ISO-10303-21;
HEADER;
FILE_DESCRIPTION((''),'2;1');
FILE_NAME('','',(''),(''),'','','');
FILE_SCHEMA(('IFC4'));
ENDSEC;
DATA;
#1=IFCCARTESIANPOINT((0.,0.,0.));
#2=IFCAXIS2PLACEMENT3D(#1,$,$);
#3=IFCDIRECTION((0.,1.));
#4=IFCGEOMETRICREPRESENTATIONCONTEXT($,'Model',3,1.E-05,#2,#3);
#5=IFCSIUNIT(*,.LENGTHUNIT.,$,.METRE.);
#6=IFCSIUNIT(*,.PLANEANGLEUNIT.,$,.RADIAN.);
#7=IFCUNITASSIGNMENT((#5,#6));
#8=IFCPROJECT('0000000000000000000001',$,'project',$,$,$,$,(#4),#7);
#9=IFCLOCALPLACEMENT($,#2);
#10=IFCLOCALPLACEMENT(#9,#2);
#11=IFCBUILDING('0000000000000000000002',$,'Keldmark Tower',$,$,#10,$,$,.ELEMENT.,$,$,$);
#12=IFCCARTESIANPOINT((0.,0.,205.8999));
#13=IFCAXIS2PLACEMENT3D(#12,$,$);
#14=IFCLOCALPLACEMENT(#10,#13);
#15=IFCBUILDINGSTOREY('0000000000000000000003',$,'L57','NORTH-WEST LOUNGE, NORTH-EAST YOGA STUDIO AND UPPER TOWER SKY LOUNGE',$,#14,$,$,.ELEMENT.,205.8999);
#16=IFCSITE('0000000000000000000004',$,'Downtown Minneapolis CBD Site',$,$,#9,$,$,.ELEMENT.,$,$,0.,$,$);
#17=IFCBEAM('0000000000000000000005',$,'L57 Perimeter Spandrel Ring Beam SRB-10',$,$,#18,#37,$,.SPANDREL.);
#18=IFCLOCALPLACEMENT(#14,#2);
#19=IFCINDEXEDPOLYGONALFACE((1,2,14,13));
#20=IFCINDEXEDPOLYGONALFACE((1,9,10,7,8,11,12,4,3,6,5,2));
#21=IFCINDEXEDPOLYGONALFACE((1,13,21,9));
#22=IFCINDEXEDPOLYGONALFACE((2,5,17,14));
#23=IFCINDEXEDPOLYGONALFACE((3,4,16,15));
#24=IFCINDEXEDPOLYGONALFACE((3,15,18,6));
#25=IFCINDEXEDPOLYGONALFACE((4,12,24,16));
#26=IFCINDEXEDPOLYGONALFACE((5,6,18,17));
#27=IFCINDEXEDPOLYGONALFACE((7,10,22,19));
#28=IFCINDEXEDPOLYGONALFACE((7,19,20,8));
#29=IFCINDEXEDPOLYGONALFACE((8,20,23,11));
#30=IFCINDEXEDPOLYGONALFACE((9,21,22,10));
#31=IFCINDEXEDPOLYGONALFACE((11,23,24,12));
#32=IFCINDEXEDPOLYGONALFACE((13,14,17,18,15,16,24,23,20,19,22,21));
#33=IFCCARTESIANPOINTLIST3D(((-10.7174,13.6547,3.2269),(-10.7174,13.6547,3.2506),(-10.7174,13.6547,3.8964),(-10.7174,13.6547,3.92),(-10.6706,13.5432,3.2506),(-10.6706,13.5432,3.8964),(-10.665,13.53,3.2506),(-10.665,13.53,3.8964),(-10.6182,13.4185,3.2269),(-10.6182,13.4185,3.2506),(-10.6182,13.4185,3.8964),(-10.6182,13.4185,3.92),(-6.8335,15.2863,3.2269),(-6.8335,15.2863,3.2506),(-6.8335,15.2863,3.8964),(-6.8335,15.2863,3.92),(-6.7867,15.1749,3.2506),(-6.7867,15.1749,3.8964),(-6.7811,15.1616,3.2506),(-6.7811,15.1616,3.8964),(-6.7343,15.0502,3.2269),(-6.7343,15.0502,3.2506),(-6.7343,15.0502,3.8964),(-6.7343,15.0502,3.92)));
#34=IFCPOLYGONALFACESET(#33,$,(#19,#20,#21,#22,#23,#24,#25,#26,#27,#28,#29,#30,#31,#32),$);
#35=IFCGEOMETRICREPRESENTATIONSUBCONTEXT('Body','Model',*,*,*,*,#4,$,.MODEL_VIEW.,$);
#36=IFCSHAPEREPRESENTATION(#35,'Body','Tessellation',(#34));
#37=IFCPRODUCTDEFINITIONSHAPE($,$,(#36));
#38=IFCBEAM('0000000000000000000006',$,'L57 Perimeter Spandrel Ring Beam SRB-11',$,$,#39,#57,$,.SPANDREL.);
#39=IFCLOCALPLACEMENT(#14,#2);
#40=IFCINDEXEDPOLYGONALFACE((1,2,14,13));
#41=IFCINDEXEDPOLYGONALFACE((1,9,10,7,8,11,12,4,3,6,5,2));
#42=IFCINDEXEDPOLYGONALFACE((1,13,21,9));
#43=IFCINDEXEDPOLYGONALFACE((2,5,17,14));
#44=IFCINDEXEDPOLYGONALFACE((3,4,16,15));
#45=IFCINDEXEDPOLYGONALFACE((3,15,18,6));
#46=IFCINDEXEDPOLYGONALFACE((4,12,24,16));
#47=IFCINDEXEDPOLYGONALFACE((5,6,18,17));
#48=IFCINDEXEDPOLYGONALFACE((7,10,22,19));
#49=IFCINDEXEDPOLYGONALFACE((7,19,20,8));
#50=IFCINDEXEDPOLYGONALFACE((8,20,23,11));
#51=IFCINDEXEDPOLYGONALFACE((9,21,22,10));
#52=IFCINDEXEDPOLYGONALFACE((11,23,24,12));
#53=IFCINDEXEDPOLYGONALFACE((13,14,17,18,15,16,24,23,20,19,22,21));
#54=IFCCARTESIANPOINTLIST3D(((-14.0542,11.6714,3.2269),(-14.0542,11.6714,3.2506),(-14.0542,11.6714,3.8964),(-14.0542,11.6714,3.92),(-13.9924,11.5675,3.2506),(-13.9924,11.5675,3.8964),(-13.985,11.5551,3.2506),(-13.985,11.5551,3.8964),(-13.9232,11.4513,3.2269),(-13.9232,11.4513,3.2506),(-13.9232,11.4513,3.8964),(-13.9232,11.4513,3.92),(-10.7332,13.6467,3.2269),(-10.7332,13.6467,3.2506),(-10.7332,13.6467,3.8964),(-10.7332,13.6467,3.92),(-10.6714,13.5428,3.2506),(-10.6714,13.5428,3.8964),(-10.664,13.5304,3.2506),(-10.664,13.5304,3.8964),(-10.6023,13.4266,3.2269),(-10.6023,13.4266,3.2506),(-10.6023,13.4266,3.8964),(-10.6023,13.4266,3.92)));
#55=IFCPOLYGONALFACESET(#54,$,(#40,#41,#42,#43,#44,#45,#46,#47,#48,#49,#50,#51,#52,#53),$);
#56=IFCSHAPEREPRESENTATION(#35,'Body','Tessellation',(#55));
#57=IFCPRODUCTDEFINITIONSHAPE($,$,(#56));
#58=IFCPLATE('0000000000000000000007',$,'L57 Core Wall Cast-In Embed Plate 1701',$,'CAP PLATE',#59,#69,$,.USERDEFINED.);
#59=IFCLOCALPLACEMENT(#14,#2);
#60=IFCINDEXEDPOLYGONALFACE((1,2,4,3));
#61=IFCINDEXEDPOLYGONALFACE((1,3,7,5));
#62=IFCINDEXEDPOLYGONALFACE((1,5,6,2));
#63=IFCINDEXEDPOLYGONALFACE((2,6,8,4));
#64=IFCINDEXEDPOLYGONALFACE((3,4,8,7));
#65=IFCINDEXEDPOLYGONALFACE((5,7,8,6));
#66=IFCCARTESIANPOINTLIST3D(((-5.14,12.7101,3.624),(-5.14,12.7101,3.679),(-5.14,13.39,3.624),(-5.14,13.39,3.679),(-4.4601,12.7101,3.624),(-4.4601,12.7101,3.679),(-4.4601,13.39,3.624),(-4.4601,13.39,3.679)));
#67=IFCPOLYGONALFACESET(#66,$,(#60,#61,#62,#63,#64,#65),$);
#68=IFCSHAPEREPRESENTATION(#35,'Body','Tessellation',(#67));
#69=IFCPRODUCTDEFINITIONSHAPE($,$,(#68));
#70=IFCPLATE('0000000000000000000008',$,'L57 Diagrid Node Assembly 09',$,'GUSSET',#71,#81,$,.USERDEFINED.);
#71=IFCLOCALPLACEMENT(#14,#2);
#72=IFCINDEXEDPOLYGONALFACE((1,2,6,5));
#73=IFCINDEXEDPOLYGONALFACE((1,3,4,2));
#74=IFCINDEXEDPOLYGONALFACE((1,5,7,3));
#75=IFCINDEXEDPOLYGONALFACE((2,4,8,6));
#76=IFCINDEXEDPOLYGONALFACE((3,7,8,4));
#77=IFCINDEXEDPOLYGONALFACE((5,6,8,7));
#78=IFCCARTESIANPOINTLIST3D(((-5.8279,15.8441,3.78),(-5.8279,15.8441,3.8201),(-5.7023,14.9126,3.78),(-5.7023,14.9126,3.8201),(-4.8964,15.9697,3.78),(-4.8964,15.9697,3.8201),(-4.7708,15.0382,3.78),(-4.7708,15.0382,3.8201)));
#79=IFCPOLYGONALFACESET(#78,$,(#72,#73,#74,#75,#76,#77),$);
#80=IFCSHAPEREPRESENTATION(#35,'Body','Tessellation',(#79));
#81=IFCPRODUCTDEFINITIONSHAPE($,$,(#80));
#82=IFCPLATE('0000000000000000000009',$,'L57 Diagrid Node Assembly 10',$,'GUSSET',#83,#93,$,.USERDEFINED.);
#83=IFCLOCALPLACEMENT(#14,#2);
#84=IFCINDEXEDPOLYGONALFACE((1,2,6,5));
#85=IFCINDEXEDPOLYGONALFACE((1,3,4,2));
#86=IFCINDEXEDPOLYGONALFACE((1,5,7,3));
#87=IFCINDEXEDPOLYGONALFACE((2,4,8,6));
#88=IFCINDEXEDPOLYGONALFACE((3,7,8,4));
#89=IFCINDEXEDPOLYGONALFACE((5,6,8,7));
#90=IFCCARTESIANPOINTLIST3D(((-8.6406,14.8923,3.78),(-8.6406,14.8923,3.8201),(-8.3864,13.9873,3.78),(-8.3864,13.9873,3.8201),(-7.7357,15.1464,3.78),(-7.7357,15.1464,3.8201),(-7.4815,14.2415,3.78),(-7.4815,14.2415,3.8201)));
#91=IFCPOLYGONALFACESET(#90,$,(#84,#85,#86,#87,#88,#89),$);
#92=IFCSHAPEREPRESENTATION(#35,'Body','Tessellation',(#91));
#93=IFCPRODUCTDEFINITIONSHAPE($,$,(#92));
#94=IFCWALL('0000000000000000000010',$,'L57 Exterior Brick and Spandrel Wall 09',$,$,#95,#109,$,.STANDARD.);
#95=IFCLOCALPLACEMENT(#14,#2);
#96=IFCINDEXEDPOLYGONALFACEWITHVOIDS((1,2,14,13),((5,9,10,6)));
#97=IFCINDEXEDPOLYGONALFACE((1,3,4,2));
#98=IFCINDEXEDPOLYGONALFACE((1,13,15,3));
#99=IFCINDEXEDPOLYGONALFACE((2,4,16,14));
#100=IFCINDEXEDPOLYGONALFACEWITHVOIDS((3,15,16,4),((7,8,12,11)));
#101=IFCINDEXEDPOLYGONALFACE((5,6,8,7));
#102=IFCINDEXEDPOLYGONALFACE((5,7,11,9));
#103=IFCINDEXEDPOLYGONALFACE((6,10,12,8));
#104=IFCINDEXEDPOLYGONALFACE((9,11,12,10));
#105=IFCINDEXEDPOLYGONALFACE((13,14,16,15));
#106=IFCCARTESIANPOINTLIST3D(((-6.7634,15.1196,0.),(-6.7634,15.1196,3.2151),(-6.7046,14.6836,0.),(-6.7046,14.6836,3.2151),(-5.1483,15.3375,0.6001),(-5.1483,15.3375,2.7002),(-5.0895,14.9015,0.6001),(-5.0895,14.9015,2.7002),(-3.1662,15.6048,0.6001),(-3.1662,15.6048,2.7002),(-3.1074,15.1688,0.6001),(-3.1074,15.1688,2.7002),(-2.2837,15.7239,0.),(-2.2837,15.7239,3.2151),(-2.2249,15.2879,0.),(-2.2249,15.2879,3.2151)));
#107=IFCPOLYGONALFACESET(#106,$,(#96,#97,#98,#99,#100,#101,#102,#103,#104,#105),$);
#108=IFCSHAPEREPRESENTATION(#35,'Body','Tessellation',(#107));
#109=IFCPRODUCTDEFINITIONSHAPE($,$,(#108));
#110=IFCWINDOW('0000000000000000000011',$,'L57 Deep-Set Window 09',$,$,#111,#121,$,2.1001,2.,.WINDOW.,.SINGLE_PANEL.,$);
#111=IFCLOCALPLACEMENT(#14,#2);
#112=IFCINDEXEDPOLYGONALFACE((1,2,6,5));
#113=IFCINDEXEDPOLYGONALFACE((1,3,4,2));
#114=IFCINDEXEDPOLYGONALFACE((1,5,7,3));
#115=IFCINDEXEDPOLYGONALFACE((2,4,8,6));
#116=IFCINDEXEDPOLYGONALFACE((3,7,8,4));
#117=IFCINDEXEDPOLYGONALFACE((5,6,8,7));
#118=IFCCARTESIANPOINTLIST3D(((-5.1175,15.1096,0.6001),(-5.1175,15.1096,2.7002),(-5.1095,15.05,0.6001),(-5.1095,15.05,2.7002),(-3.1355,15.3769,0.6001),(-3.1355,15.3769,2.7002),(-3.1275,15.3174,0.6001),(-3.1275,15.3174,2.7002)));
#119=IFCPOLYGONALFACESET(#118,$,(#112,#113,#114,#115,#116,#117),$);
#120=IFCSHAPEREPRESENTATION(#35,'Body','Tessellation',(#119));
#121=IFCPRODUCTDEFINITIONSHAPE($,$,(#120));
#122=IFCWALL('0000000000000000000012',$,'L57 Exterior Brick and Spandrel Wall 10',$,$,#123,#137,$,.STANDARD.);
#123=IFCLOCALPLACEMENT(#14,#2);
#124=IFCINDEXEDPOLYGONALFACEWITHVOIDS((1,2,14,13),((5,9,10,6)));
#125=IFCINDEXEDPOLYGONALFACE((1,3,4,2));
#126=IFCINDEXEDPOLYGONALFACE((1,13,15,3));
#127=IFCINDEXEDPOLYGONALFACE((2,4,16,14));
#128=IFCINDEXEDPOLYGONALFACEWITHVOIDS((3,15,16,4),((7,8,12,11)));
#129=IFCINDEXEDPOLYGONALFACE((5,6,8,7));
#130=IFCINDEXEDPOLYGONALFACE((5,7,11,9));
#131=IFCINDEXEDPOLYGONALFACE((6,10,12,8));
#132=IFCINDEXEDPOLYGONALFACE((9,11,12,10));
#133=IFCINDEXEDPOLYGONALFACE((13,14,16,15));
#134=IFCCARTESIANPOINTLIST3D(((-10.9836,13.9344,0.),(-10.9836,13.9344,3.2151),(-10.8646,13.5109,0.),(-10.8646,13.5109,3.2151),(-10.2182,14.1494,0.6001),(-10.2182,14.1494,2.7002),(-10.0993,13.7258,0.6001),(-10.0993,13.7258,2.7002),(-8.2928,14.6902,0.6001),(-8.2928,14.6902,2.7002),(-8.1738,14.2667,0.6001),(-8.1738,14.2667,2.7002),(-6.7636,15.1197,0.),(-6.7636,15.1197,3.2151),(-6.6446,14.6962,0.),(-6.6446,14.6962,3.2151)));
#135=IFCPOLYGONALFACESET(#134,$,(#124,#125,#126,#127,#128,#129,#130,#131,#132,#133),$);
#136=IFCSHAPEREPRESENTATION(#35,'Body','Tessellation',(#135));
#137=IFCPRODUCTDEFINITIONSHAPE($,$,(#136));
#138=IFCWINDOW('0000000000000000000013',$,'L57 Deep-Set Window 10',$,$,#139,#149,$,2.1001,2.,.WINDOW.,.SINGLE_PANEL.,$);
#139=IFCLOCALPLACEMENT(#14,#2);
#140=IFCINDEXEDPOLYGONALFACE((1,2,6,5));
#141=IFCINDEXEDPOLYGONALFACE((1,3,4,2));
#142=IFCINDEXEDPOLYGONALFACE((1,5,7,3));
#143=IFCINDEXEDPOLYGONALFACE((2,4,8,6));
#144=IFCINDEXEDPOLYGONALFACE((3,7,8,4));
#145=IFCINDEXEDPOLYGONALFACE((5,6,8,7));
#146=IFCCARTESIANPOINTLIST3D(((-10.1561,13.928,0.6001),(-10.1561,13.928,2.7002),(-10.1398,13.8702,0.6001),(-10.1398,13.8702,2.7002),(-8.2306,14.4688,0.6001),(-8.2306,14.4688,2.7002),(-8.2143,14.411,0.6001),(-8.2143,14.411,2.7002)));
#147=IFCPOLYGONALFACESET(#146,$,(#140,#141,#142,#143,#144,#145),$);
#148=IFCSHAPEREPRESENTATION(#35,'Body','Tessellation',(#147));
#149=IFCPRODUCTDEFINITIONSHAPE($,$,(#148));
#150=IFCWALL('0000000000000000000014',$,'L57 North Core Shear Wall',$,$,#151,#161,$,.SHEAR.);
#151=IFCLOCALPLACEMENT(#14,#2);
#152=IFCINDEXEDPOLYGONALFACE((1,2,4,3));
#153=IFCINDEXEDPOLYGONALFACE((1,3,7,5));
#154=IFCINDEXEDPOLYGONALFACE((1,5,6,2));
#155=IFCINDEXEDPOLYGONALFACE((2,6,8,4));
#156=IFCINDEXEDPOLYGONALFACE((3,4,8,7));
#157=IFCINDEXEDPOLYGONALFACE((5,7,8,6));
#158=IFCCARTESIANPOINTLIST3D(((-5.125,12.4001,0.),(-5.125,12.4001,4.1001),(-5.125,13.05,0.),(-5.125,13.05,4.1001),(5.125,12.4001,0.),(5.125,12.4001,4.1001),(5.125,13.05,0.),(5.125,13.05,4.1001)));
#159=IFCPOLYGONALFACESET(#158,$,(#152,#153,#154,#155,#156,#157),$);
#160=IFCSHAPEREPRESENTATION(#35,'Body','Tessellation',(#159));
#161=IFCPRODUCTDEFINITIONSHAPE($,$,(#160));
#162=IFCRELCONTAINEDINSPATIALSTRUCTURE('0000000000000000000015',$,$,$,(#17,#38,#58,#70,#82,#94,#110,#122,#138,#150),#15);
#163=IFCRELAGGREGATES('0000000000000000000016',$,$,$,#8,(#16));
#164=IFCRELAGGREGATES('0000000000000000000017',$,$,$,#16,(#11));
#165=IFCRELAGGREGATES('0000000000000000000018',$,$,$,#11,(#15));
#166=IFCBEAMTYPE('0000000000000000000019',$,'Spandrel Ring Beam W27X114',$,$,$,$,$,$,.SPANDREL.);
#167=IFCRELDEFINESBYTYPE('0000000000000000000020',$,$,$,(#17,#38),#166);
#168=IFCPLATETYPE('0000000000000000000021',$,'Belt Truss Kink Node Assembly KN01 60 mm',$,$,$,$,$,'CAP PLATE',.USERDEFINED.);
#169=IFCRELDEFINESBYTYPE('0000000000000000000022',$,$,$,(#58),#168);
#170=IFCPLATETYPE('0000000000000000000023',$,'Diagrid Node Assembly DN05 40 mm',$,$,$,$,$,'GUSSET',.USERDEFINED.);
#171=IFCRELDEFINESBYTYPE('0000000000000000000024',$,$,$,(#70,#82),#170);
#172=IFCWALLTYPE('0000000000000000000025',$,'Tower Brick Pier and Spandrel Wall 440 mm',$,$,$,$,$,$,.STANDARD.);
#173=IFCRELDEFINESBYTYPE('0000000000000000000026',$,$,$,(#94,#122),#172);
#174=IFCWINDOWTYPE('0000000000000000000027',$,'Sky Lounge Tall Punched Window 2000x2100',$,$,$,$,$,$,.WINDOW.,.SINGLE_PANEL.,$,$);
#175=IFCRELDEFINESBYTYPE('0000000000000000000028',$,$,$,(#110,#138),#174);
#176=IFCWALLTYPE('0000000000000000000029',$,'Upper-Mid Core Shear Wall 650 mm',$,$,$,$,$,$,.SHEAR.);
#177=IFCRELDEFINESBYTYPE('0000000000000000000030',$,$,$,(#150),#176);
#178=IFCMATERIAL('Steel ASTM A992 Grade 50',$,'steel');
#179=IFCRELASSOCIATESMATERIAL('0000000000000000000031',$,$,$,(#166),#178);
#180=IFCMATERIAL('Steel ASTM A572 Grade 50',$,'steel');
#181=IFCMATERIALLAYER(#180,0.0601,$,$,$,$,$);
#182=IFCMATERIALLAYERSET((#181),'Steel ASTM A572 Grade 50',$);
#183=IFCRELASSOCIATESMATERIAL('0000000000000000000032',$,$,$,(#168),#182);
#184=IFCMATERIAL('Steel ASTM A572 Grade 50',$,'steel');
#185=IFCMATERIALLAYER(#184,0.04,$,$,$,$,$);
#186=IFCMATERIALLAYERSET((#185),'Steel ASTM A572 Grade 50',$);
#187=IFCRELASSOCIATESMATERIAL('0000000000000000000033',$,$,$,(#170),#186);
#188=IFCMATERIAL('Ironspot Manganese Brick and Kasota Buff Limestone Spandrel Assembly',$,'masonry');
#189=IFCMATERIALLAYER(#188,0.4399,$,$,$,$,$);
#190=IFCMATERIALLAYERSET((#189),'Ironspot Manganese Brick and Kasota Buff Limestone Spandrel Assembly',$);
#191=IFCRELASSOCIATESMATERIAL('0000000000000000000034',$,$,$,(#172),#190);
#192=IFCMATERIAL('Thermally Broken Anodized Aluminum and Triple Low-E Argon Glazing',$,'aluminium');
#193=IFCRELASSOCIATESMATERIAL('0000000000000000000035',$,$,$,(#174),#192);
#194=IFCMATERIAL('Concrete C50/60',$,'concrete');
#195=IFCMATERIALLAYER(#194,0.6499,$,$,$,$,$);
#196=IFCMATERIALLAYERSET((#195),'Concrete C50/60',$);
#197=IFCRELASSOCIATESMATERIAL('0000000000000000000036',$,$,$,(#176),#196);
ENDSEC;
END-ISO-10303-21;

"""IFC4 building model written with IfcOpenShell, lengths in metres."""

from ifc_helpers import new_model, si_unit, direction, frame, frame_2d, origin, origin_2d, place, context, subcontext, project, spatial, rectangle, i_section, extrude, material, layer, layer_set, material_profile, profile_set, type_object, element, fill, save


model = new_model("IFC4")

# Units and contexts
model_context = context("Model", 3, precision=1e-05, world=origin(), true_north=direction((0.0, 1.0)))
body_context = subcontext(model_context, "Body", "Model", "MODEL_VIEW")
ifc_project = project(units=[si_unit("LENGTHUNIT", "METRE"), si_unit("PLANEANGLEUNIT", "RADIAN")], contexts=[model_context])

# Site, building, storey
site_placement = place(None, origin())
site = spatial("IfcSite", under=ifc_project, at=site_placement, Name="Downtown Minneapolis CBD Site", CompositionType="ELEMENT", RefElevation=0.0)
building_placement = place(site_placement, origin())
building = spatial("IfcBuilding", under=site, at=building_placement, Name="Keldmark Tower", CompositionType="ELEMENT")
storey_placement = place(building_placement, frame((0.0, 0.0, 205.8999)))
storey = spatial("IfcBuildingStorey", under=building, at=storey_placement, Name="L57", Description="NORTH-WEST LOUNGE, NORTH-EAST YOGA STUDIO AND UPPER TOWER SKY LOUNGE", CompositionType="ELEMENT", Elevation=205.8999)

# Beams
ifc_material_1 = material(Name="Steel ASTM A992 Grade 50", Category="steel")
ifc_material_profile_1 = material_profile(ifc_material_1, i_section(OverallWidth=0.2561, OverallDepth=0.6931, WebThickness=0.0144, FlangeThickness=0.0237, at=origin_2d()), Name="W27X114")
ifc_profile_set_1 = profile_set([ifc_material_profile_1], Name="Steel ASTM A992 Grade 50")
beam_type_1 = type_object("IfcBeamType", Name="Spandrel Ring Beam W27X114", PredefinedType="SPANDREL", material=ifc_profile_set_1)
beam_1_placement = place(storey_placement, frame((-6.7839, 15.1682, 3.5735), z_axis=(-0.921948, -0.387313, 0.0), x_axis=(0.387313, -0.921948, 0.0)))
element("IfcBeam", 1, at=beam_1_placement, inside=storey, type_object=beam_type_1, Name="L57 Perimeter Spandrel Ring Beam SRB-10", PredefinedType="SPANDREL", context=body_context, shape_type="SweptSolid", body=[
    extrude(i_section(OverallWidth=0.2561, OverallDepth=0.6931, WebThickness=0.0144, FlangeThickness=0.0237, at=origin_2d()), origin(), (0.0, 0.0, 1.0), 4.2126),
])
beam_2_placement = place(storey_placement, frame((-10.6677, 13.5366, 3.5735), z_axis=(-0.85946, -0.511203, 0.0), x_axis=(0.511203, -0.85946, 0.0)))
element("IfcBeam", 2, at=beam_2_placement, inside=storey, type_object=beam_type_1, Name="L57 Perimeter Spandrel Ring Beam SRB-11", PredefinedType="SPANDREL", context=body_context, shape_type="SweptSolid", body=[
    extrude(i_section(OverallWidth=0.2561, OverallDepth=0.6931, WebThickness=0.0144, FlangeThickness=0.0237, at=origin_2d()), origin(), (0.0, 0.0, 1.0), 3.864),
])

# Plates
ifc_material_2 = material(Name="Steel ASTM A572 Grade 50", Category="steel")
ifc_layer_1 = layer(ifc_material_2, 0.0601)
ifc_layer_set_1 = layer_set([ifc_layer_1], Name="Steel ASTM A572 Grade 50")
plate_type_1 = type_object("IfcPlateType", Name="Belt Truss Kink Node Assembly KN01 60 mm", ElementType="CAP PLATE", PredefinedType="USERDEFINED", material=ifc_layer_set_1)
plate_placement = place(storey_placement, frame((-4.8, 13.05, 3.624), z_axis=(0.0, 0.0, 1.0), x_axis=(1.0, 0.0, 0.0)))
element("IfcPlate", 3, at=plate_placement, inside=storey, type_object=plate_type_1, Name="L57 Core Wall Cast-In Embed Plate 1701", ObjectType="CAP PLATE", PredefinedType="USERDEFINED", context=body_context, shape_type="SweptSolid", body=[
    extrude(rectangle(XDim=0.6799, YDim=0.6799, at=origin_2d()), origin(), (0.0, 0.0, 1.0), 0.0549),
])
ifc_material_3 = material(Name="Steel ASTM A572 Grade 50", Category="steel")
ifc_layer_2 = layer(ifc_material_3, 0.04)
ifc_layer_set_2 = layer_set([ifc_layer_2], Name="Steel ASTM A572 Grade 50")
plate_type_2 = type_object("IfcPlateType", Name="Diagrid Node Assembly DN05 40 mm", ElementType="GUSSET", PredefinedType="USERDEFINED", material=ifc_layer_set_2)
for number, where, z_axis, x_axis, name in (
    (4, (-5.2993, 15.4412, 3.78), (0.0, 0.0, 1.0), (-0.99103, -0.13364, 0.0), "L57 Diagrid Node Assembly 09"),
    (5, (-8.061, 14.5669, 3.78), (0.0, 0.0, 1.0), (-0.962739, -0.270432, 0.0), "L57 Diagrid Node Assembly 10"),
):
    element("IfcPlate", number, at=place(storey_placement, frame(where, z_axis=z_axis, x_axis=x_axis)), inside=storey, type_object=plate_type_2, Name=name, ObjectType="GUSSET", PredefinedType="USERDEFINED", context=body_context, shape_type="SweptSolid", body=[
        extrude(rectangle(XDim=0.9399, YDim=0.9399, at=origin_2d()), origin(), (0.0, 0.0, 1.0), 0.04),
    ])

# Walls, openings, windows
ifc_material_4 = material(Name="Ironspot Manganese Brick and Kasota Buff Limestone Spandrel Assembly", Category="masonry")
ifc_layer_3 = layer(ifc_material_4, 0.4399)
ifc_layer_set_3 = layer_set([ifc_layer_3], Name="Ironspot Manganese Brick and Kasota Buff Limestone Spandrel Assembly")
wall_type_1 = type_object("IfcWallType", Name="Tower Brick Pier and Spandrel Wall 440 mm", PredefinedType="STANDARD", material=ifc_layer_set_3)
wall_1_placement = place(storey_placement, frame((-6.7341, 14.9016, 0.0), z_axis=(0.0, 0.0, 1.0), x_axis=(0.991025, 0.133674, 0.0)))
wall_1 = element("IfcWall", 6, at=wall_1_placement, inside=storey, type_object=wall_type_1, Name="L57 Exterior Brick and Spandrel Wall 09", PredefinedType="STANDARD", context=body_context, shape_type="SweptSolid", body=[
    extrude(rectangle(XDim=4.5203, YDim=0.4399, at=frame_2d((2.2603, 0.0))), origin(), (0.0, 0.0, 1.0), 3.2151),
])
opening_1_placement = place(wall_1_placement, frame((1.6299, 0.0, 0.6001)))
opening_1 = element("IfcOpeningElement", 7, at=opening_1_placement, cuts=wall_1, PredefinedType="OPENING", context=body_context, shape_type="SweptSolid", body=[
    extrude(rectangle(XDim=2.0, YDim=2.1001, at=frame_2d((1.0, 1.05))), frame((0.0, 0.23, 0.0), z_axis=(0.0, -1.0, 0.0), x_axis=(1.0, 0.0, 0.0)), (0.0, 0.0, 1.0), 0.46),
])
ifc_material_5 = material(Name="Thermally Broken Anodized Aluminum and Triple Low-E Argon Glazing", Category="aluminium")
window_type = type_object("IfcWindowType", Name="Sky Lounge Tall Punched Window 2000x2100", PartitioningType="SINGLE_PANEL", PredefinedType="WINDOW", material=ifc_material_5)
window_1_placement = place(opening_1_placement, origin())
window_1 = element("IfcWindow", 8, at=window_1_placement, inside=storey, type_object=window_type, Name="L57 Deep-Set Window 09", OverallHeight=2.1001, OverallWidth=2.0, PartitioningType="SINGLE_PANEL", PredefinedType="WINDOW", context=body_context, shape_type="SweptSolid", body=[
    extrude(rectangle(XDim=2.0, YDim=2.1001, at=frame_2d((1.0, 1.05))), frame((0.0, -0.01, 0.0), z_axis=(0.0, -1.0, 0.0), x_axis=(1.0, 0.0, 0.0)), (0.0, 0.0, 1.0), 0.0601),
])
fill(opening_1, window_1)
wall_2_placement = place(storey_placement, frame((-10.9241, 13.7227, 0.0), z_axis=(0.0, 0.0, 1.0), x_axis=(0.962744, 0.270415, 0.0)))
wall_2 = element("IfcWall", 9, at=wall_2_placement, inside=storey, type_object=wall_type_1, Name="L57 Exterior Brick and Spandrel Wall 10", PredefinedType="STANDARD", context=body_context, shape_type="SweptSolid", body=[
    extrude(rectangle(XDim=4.3833, YDim=0.4399, at=frame_2d((2.1917, 0.0))), origin(), (0.0, 0.0, 1.0), 3.2151),
])
opening_2_placement = place(wall_2_placement, frame((0.7949, 0.0, 0.6001)))
opening_2 = element("IfcOpeningElement", 10, at=opening_2_placement, cuts=wall_2, PredefinedType="OPENING", context=body_context, shape_type="SweptSolid", body=[
    extrude(rectangle(XDim=2.0, YDim=2.1001, at=frame_2d((1.0, 1.05))), frame((0.0, 0.23, 0.0), z_axis=(0.0, -1.0, 0.0), x_axis=(1.0, 0.0, 0.0)), (0.0, 0.0, 1.0), 0.46),
])
window_2_placement = place(opening_2_placement, origin())
window_2 = element("IfcWindow", 11, at=window_2_placement, inside=storey, type_object=window_type, Name="L57 Deep-Set Window 10", OverallHeight=2.1001, OverallWidth=2.0, PartitioningType="SINGLE_PANEL", PredefinedType="WINDOW", context=body_context, shape_type="SweptSolid", body=[
    extrude(rectangle(XDim=2.0, YDim=2.1001, at=frame_2d((1.0, 1.05))), frame((0.0, -0.01, 0.0), z_axis=(0.0, -1.0, 0.0), x_axis=(1.0, 0.0, 0.0)), (0.0, 0.0, 1.0), 0.0601),
])
fill(opening_2, window_2)

# Wall
ifc_material_6 = material(Name="Concrete C50/60", Category="concrete")
ifc_layer_4 = layer(ifc_material_6, 0.6499)
ifc_layer_set_4 = layer_set([ifc_layer_4], Name="Concrete C50/60")
wall_type_2 = type_object("IfcWallType", Name="Upper-Mid Core Shear Wall 650 mm", PredefinedType="SHEAR", material=ifc_layer_set_4)
wall_3_placement = place(storey_placement, frame((-5.125, 12.7251, 0.0), z_axis=(0.0, 0.0, 1.0), x_axis=(1.0, 0.0, 0.0)))
element("IfcWall", 12, at=wall_3_placement, inside=storey, type_object=wall_type_2, Name="L57 North Core Shear Wall", PredefinedType="SHEAR", context=body_context, shape_type="SweptSolid", body=[
    extrude(rectangle(XDim=10.25, YDim=0.6499, at=frame_2d((5.125, 0.0))), origin(), (0.0, 0.0, 1.0), 4.1001),
])

save(model, "model.ifc")
